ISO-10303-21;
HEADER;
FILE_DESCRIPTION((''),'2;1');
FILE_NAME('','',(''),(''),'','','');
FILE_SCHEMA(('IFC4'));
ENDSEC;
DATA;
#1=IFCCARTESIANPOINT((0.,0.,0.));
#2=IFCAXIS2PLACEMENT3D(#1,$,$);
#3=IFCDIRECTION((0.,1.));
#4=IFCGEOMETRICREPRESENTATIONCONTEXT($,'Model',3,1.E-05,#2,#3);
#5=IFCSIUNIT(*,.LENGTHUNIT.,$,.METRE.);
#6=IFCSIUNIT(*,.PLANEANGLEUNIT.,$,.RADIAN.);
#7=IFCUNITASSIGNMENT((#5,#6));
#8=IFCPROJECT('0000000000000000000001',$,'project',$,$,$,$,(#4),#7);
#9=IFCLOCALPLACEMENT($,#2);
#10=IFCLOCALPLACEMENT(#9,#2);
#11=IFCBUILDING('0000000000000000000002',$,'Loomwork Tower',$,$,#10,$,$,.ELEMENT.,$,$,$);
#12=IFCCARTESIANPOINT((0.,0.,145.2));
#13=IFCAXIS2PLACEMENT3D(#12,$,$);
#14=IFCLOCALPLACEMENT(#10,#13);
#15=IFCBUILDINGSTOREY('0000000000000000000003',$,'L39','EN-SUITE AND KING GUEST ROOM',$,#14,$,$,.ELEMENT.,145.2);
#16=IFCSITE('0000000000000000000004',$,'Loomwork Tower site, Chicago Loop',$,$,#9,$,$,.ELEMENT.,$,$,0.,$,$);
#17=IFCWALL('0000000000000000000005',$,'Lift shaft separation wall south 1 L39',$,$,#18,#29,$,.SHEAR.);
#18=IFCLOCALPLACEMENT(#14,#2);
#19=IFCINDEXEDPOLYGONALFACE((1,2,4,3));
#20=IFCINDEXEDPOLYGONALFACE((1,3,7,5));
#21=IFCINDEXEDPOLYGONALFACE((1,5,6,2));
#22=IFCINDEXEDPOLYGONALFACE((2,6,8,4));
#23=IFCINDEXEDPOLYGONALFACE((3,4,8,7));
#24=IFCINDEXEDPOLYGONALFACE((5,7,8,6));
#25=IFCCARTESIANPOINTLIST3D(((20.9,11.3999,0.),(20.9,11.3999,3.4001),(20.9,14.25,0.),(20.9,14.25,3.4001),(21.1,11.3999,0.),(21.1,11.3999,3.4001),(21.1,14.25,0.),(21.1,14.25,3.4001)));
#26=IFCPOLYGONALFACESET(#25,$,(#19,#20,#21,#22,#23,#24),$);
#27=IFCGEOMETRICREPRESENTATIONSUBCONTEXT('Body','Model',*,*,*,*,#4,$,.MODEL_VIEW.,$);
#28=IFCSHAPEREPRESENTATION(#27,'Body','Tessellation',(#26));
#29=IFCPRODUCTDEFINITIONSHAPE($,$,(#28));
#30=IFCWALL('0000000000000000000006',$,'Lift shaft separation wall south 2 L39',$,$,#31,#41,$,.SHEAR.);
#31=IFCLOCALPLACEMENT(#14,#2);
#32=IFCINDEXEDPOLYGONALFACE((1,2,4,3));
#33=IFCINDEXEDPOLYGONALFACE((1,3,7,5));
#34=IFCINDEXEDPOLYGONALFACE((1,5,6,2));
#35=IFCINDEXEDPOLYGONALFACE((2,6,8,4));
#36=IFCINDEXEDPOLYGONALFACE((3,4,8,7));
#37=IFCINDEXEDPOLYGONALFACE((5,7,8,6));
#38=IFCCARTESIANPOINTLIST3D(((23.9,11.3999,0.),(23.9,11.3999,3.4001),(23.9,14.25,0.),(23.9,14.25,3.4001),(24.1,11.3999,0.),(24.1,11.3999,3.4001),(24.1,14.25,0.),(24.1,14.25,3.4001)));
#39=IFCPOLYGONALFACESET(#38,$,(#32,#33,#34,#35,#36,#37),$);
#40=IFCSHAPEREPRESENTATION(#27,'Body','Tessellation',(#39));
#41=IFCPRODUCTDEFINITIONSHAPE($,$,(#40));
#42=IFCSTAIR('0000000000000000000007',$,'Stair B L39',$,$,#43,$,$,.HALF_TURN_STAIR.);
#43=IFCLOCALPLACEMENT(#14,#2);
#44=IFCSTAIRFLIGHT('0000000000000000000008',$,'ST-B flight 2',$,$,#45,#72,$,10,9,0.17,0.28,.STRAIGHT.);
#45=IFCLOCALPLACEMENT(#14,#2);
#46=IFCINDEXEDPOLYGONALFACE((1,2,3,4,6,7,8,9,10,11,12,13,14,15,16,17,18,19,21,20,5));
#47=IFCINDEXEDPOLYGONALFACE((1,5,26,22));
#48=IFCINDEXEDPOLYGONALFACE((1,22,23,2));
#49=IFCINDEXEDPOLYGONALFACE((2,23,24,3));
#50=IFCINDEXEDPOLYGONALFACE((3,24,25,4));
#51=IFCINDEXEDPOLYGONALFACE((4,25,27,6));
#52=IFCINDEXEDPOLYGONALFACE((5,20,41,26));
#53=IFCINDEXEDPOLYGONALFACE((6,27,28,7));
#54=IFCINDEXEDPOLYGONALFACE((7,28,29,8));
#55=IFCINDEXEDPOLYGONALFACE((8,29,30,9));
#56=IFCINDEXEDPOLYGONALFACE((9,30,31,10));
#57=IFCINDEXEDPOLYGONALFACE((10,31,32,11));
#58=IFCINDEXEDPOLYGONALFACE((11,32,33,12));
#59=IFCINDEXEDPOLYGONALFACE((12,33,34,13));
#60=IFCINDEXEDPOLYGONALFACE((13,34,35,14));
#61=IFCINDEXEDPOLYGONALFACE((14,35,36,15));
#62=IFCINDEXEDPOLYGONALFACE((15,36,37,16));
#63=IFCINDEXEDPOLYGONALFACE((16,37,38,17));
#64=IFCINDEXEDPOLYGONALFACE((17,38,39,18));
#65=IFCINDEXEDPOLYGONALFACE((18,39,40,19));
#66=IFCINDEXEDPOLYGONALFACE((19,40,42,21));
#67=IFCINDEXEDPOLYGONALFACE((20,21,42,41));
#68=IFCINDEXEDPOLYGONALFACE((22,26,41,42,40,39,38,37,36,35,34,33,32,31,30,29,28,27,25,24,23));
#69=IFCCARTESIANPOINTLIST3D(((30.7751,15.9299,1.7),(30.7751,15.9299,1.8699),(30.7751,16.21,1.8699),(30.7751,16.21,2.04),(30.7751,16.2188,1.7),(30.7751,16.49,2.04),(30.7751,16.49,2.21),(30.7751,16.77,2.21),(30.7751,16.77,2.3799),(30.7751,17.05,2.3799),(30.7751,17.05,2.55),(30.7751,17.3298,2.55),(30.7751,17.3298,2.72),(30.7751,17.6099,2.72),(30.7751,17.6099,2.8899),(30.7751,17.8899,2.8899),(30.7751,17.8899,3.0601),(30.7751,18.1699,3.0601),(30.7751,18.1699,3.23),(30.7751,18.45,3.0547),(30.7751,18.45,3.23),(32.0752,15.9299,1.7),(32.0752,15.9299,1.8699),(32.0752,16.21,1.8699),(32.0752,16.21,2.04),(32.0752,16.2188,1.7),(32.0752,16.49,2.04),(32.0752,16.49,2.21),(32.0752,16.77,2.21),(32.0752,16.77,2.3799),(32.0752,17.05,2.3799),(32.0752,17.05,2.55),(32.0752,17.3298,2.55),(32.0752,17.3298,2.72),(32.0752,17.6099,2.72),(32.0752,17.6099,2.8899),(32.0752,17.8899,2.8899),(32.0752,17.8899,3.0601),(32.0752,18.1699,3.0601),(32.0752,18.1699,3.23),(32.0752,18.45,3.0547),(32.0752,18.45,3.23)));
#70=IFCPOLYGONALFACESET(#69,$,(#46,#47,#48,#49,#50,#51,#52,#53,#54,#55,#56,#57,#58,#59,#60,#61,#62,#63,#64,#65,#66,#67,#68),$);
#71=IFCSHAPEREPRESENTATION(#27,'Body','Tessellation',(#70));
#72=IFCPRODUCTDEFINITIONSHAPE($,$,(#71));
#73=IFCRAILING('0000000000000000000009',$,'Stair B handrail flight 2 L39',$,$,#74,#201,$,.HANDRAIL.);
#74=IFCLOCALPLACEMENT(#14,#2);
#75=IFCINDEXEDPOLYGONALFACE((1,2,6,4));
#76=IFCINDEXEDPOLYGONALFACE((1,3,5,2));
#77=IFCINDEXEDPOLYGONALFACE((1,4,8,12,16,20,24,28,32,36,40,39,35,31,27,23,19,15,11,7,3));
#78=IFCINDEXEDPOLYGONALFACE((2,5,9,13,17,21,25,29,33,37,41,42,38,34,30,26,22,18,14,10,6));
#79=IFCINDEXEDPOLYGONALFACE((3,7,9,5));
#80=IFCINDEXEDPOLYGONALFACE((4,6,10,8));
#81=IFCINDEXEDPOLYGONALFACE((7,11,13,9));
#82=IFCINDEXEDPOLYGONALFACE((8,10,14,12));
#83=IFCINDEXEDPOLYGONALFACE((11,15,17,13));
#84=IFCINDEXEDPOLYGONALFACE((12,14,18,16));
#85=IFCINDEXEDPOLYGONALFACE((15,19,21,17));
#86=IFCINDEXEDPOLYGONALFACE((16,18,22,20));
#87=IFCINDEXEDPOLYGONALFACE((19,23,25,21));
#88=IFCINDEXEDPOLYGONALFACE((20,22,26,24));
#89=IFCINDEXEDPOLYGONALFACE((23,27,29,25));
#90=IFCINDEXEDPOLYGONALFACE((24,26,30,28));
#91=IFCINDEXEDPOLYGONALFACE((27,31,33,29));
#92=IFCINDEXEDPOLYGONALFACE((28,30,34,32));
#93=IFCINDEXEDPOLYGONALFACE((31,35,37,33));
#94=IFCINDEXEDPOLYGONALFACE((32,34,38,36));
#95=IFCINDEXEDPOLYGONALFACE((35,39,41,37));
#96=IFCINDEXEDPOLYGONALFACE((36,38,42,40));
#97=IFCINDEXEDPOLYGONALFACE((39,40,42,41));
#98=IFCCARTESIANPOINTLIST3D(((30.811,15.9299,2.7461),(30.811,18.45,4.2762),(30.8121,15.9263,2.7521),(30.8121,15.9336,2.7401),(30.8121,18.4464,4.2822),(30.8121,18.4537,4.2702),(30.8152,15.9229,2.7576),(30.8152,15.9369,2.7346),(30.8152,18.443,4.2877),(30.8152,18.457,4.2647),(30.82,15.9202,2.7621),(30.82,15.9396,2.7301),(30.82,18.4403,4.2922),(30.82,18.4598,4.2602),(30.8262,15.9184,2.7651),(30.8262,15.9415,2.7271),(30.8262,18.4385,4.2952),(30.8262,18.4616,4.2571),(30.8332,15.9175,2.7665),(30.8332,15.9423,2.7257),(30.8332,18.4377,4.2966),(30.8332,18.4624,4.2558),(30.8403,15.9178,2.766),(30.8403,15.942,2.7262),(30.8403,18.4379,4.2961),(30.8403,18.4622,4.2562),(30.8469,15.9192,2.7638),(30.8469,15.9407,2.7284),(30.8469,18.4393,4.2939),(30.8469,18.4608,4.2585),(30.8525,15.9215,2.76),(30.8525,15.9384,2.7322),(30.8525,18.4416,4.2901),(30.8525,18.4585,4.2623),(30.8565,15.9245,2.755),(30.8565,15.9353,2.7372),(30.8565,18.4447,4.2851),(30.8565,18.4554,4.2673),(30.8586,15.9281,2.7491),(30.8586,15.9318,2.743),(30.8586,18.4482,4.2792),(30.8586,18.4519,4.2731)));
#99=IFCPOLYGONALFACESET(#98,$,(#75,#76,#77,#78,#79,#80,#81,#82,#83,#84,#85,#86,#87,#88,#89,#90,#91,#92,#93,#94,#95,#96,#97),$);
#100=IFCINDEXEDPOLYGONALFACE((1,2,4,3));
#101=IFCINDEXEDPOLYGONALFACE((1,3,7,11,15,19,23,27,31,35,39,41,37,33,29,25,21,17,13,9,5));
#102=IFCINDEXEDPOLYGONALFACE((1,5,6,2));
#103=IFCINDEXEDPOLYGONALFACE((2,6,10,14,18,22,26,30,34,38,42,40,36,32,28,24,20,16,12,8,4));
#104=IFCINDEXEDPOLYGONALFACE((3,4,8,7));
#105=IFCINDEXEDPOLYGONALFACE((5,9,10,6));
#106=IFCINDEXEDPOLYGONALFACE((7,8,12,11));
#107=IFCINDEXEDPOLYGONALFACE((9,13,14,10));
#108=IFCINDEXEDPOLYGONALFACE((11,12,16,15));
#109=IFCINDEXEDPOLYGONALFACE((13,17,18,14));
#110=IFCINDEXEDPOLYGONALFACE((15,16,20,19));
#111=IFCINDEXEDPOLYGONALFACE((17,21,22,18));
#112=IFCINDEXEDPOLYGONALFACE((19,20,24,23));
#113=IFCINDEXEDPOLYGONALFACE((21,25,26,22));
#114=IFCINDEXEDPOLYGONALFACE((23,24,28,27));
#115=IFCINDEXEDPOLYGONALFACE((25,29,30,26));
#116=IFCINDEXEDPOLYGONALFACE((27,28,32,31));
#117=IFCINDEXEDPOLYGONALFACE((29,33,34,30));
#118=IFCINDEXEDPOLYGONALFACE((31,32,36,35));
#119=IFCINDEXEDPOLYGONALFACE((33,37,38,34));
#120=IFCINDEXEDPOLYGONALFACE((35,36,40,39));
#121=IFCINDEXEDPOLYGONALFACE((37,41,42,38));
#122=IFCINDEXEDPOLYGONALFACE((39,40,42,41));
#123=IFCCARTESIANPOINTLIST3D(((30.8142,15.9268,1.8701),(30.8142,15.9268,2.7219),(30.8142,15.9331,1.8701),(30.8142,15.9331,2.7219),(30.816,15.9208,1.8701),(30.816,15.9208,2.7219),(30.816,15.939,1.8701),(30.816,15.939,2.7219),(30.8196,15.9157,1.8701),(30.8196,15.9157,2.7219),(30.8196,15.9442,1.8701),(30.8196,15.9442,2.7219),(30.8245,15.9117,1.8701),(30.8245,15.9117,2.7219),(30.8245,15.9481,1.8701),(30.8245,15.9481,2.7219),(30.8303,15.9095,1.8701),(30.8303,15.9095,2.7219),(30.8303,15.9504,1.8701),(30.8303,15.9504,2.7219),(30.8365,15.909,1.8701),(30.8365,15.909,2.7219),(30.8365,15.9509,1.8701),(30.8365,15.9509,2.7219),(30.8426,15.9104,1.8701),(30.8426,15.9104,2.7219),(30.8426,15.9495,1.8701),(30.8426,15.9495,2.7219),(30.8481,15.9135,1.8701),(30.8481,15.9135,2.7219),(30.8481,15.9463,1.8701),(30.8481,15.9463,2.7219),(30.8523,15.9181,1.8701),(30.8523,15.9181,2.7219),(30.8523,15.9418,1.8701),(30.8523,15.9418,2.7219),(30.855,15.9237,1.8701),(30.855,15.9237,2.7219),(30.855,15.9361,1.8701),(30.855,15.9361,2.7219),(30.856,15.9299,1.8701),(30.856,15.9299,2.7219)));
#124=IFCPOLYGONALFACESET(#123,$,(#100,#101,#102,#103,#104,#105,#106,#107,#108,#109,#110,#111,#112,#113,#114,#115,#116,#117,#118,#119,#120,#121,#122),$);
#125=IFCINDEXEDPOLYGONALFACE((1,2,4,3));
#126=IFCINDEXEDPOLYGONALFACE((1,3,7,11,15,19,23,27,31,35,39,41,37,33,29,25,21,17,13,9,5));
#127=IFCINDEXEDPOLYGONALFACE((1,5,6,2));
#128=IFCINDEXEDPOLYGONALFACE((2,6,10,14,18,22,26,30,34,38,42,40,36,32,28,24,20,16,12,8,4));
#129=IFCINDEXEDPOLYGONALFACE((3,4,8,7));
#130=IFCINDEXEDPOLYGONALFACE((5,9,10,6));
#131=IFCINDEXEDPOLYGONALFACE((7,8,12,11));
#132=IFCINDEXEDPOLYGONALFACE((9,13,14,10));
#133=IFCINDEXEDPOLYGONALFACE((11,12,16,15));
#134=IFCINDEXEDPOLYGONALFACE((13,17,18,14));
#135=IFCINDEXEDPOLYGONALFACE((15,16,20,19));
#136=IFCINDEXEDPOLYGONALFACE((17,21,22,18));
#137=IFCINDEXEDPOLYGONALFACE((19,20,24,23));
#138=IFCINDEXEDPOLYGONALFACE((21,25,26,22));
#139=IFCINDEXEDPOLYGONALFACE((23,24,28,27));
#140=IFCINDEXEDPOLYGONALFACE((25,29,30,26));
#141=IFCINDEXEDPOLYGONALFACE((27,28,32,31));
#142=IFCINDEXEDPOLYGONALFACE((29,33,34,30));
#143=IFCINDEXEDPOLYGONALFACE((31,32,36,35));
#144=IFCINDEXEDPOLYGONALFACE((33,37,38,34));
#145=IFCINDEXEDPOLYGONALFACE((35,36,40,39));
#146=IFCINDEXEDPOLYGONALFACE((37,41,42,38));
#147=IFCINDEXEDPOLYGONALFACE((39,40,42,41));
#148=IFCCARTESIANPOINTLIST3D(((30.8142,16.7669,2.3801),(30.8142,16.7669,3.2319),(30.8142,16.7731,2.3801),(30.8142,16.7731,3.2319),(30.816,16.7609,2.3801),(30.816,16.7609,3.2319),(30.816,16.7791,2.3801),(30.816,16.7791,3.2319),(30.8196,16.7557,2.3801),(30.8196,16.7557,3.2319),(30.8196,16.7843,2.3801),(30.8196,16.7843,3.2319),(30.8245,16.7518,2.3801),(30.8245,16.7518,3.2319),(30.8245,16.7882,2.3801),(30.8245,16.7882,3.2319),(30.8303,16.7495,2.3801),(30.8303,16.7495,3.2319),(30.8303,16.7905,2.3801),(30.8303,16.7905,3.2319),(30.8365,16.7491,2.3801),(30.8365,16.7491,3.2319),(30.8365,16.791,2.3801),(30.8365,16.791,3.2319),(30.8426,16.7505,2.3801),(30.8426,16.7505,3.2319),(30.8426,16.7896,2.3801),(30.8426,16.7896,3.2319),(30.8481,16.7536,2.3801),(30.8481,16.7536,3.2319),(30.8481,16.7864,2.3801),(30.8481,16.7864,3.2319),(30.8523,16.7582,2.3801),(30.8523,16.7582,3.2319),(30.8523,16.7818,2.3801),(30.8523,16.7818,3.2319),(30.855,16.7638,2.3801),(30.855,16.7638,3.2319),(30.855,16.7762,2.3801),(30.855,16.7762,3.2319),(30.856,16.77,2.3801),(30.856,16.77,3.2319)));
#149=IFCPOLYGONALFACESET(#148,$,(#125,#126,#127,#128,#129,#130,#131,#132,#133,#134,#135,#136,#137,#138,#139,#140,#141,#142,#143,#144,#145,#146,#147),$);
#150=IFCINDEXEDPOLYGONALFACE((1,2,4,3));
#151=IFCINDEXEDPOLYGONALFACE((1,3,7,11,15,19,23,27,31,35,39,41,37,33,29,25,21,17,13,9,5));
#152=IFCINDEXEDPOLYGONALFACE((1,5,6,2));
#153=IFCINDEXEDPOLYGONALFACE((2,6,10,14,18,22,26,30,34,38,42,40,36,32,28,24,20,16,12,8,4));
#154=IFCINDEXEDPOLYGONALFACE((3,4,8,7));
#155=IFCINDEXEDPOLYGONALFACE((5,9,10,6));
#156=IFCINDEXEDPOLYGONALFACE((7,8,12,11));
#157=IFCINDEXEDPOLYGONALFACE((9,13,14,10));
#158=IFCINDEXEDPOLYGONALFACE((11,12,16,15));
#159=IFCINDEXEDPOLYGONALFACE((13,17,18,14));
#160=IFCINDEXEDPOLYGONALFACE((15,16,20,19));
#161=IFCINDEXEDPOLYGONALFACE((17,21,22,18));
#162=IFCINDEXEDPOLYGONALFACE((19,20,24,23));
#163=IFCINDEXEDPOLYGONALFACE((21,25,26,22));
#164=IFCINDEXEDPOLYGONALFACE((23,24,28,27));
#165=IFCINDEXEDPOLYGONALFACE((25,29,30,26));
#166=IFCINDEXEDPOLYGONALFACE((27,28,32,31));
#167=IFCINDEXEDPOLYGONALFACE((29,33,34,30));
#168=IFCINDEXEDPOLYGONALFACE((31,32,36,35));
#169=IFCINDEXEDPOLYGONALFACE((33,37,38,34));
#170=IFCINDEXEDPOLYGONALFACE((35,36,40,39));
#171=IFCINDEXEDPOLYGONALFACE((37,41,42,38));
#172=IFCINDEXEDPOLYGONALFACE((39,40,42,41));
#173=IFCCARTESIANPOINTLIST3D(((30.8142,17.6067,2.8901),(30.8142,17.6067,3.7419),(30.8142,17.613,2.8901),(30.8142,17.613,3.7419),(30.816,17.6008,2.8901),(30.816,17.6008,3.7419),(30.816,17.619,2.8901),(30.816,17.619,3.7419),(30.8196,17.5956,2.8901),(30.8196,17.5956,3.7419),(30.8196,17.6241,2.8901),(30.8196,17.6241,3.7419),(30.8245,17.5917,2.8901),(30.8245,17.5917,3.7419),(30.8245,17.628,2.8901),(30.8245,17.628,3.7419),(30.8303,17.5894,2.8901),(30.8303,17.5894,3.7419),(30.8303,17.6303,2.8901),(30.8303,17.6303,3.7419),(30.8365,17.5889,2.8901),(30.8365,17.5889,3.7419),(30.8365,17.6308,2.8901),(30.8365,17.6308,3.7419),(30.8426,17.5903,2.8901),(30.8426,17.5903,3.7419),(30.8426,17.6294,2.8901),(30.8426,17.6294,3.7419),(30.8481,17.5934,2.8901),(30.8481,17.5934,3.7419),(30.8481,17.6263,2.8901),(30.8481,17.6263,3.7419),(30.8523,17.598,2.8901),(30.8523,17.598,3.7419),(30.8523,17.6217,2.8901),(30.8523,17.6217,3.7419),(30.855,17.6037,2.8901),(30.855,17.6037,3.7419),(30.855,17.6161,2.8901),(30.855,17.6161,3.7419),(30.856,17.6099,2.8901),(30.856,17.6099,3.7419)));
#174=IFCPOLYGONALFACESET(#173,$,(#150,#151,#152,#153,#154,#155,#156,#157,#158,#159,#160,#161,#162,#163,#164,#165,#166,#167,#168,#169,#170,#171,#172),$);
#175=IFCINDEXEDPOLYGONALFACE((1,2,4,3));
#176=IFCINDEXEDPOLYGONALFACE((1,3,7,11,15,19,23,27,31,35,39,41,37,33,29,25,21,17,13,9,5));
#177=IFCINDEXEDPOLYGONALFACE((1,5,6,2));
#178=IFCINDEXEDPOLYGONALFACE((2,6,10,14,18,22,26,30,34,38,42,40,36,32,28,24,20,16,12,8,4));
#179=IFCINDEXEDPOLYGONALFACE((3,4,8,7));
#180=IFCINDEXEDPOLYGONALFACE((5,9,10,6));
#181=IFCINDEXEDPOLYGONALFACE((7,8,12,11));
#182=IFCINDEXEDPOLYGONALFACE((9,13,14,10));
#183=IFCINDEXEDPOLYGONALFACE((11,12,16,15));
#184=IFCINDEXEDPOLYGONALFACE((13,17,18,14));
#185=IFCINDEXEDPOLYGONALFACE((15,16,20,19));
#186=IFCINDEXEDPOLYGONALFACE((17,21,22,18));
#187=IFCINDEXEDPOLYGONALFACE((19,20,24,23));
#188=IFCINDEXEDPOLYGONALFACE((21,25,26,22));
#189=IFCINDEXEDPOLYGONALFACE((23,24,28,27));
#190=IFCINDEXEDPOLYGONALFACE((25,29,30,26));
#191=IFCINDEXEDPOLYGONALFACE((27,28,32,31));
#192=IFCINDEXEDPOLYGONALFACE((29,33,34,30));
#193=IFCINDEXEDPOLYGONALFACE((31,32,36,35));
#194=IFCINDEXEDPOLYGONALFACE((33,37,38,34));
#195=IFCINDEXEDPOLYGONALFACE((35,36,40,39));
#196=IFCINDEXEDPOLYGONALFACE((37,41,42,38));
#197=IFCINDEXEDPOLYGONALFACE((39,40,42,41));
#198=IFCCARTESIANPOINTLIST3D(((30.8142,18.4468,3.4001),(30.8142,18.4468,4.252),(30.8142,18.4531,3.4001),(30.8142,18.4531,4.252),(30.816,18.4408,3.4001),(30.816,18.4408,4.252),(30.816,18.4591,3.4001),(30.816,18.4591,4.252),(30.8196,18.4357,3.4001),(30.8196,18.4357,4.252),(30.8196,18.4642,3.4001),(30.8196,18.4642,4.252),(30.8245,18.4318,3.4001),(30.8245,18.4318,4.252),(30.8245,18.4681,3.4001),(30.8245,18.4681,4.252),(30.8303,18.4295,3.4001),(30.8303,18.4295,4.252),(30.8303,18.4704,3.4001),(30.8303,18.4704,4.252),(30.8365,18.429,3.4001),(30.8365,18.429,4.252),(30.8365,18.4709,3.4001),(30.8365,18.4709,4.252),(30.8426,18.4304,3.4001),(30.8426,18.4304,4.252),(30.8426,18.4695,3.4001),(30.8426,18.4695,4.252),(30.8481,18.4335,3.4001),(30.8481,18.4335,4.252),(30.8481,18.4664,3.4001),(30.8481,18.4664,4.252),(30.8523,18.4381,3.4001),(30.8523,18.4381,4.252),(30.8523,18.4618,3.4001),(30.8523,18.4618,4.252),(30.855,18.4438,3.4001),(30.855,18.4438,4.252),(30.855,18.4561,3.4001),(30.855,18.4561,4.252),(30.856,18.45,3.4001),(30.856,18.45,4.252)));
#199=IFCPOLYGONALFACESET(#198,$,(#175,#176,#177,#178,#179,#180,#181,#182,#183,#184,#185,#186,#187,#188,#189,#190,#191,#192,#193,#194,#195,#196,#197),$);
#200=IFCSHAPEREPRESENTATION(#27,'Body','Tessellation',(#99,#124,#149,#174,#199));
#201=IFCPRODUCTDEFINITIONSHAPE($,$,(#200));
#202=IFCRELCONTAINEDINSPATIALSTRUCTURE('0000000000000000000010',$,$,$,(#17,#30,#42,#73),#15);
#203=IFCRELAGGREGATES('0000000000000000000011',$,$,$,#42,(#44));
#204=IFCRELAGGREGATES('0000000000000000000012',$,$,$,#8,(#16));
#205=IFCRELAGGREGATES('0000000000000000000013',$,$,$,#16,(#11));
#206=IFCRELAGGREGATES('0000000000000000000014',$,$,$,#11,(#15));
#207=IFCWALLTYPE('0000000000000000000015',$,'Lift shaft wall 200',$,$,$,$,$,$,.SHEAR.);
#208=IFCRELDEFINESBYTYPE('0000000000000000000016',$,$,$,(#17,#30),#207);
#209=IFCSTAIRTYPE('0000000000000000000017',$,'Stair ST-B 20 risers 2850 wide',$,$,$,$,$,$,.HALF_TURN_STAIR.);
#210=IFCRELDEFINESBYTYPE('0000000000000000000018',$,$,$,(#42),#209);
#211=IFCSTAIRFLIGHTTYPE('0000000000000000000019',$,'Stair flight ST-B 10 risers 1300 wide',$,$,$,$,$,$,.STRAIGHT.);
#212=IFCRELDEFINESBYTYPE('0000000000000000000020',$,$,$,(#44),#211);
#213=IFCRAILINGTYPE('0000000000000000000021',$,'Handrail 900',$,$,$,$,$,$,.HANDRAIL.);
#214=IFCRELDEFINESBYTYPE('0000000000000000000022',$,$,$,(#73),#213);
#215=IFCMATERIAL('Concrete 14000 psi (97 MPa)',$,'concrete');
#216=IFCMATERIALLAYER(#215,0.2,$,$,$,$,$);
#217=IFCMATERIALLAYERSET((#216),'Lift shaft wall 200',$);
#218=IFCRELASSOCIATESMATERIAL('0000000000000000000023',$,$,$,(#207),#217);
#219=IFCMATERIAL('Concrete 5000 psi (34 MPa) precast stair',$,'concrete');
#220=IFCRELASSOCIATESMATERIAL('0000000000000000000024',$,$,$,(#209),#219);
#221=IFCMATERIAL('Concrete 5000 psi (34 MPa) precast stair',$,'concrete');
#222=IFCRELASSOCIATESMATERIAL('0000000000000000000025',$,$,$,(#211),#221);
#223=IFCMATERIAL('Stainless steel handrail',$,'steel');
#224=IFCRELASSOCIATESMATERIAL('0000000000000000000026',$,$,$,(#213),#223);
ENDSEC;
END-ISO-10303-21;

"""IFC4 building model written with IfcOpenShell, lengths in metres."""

from ifc_helpers import new_model, si_unit, direction, frame, frame_2d, origin, origin_2d, place, context, subcontext, project, spatial, polyline, rectangle, circle, outline, extrude, material, layer, layer_set, type_object, element, aggregate, save


model = new_model("IFC4")

# Units and contexts
model_context = context("Model", 3, precision=1e-05, world=origin(), true_north=direction((0.0, 1.0)))
body_context = subcontext(model_context, "Body", "Model", "MODEL_VIEW")
ifc_project = project(units=[si_unit("LENGTHUNIT", "METRE"), si_unit("PLANEANGLEUNIT", "RADIAN")], contexts=[model_context])

# Site, building, storey
site_placement = place(None, origin())
site = spatial("IfcSite", under=ifc_project, at=site_placement, Name="Loomwork Tower site, Chicago Loop", CompositionType="ELEMENT", RefElevation=0.0)
building_placement = place(site_placement, origin())
building = spatial("IfcBuilding", under=site, at=building_placement, Name="Loomwork Tower", CompositionType="ELEMENT")
storey_placement = place(building_placement, frame((0.0, 0.0, 145.2)))
storey = spatial("IfcBuildingStorey", under=building, at=storey_placement, Name="L39", Description="EN-SUITE AND KING GUEST ROOM", CompositionType="ELEMENT", Elevation=145.2)

# Walls
ifc_material_1 = material(Name="Concrete 14000 psi (97 MPa)", Category="concrete")
ifc_layer_1 = layer(ifc_material_1, 0.2)
ifc_layer_set_1 = layer_set([ifc_layer_1], Name="Lift shaft wall 200")
wall_type_1 = type_object("IfcWallType", Name="Lift shaft wall 200", PredefinedType="SHEAR", material=ifc_layer_set_1)
for number, where, z_axis, x_axis, name in (
    (1, (21.0, 11.3999, 0.0), (0.0, 0.0, 1.0), (0.0, 1.0, 0.0), "Lift shaft separation wall south 1 L39"),
    (2, (24.0, 11.3999, 0.0), (0.0, 0.0, 1.0), (0.0, 1.0, 0.0), "Lift shaft separation wall south 2 L39"),
):
    element("IfcWall", number, at=place(storey_placement, frame(where, z_axis=z_axis, x_axis=x_axis)), inside=storey, type_object=wall_type_1, Name=name, PredefinedType="SHEAR", context=body_context, shape_type="SweptSolid", body=[
        extrude(rectangle(XDim=2.8501, YDim=0.2, at=frame_2d((1.425, 0.0))), origin(), (0.0, 0.0, 1.0), 3.4001),
    ])

# Stair, stair flight
ifc_material_2 = material(Name="Concrete 5000 psi (34 MPa) precast stair", Category="concrete")
stair_type = type_object("IfcStairType", Name="Stair ST-B 20 risers 2850 wide", PredefinedType="HALF_TURN_STAIR", material=ifc_material_2)
stair_placement = place(storey_placement, origin())
stair = element("IfcStair", 3, at=stair_placement, inside=storey, type_object=stair_type, Name="Stair B L39", PredefinedType="HALF_TURN_STAIR")
ifc_material_3 = material(Name="Concrete 5000 psi (34 MPa) precast stair", Category="concrete")
stair_flight_type = type_object("IfcStairFlightType", Name="Stair flight ST-B 10 risers 1300 wide", PredefinedType="STRAIGHT", material=ifc_material_3)
stair_flight_placement = place(storey_placement, frame((31.425, 15.9299, 1.7), z_axis=(0.0, 0.0, 1.0), x_axis=(0.0, 1.0, 0.0)))
stair_flight = element("IfcStairFlight", 4, at=stair_flight_placement, type_object=stair_flight_type, Name="ST-B flight 2", NumberOfRisers=10, NumberOfTreads=9, PredefinedType="STRAIGHT", RiserHeight=0.17, TreadLength=0.28, context=body_context, shape_type="SweptSolid", body=[
    extrude(outline(polyline([(0.0, 0.0), (0.0, 0.1699), (0.28, 0.1699), (0.28, 0.3401), (0.5601, 0.3401), (0.5601, 0.51), (0.8401, 0.51), (0.8401, 0.6799), (1.1201, 0.6799), (1.1201, 0.8501), (1.3999, 0.8501), (1.3999, 1.02), (1.6799, 1.02), (1.6799, 1.1899), (1.96, 1.1899), (1.96, 1.3601), (2.24, 1.3601), (2.24, 1.53), (2.52, 1.53), (2.52, 1.7), (2.52, 1.3547), (0.2888, 0.0), (0.0, 0.0)])), frame((0.0, 0.6499, 0.0), z_axis=(0.0, -1.0, 0.0), x_axis=(1.0, 0.0, 0.0)), (0.0, 0.0, 1.0), 1.3),
])
aggregate(stair, [stair_flight])

# Railing
ifc_material_4 = material(Name="Stainless steel handrail", Category="steel")
railing_type = type_object("IfcRailingType", Name="Handrail 900", PredefinedType="HANDRAIL", material=ifc_material_4)
railing_placement = place(storey_placement, frame((30.835, 15.9299, 1.8701)))
element("IfcRailing", 5, at=railing_placement, inside=storey, type_object=railing_type, Name="Stair B handrail flight 2 L39", PredefinedType="HANDRAIL", context=body_context, shape_type="SweptSolid", body=[
    extrude(circle(Radius=0.0239, at=origin_2d()), frame((0.0, 0.0, 0.876), z_axis=(0.0, 0.854785, 0.518982), x_axis=(-1.0, 0.0, 0.0)), (0.0, 0.0, 1.0), 2.9482),
    extrude(circle(Radius=0.021, at=origin_2d()), origin(), (0.0, 0.0, 1.0), 0.8518),
    extrude(circle(Radius=0.021, at=origin_2d()), frame((0.0, 0.8401, 0.51)), (0.0, 0.0, 1.0), 0.8518),
    extrude(circle(Radius=0.021, at=origin_2d()), frame((0.0, 1.6799, 1.02)), (0.0, 0.0, 1.0), 0.8518),
    extrude(circle(Radius=0.021, at=origin_2d()), frame((0.0, 2.52, 1.53)), (0.0, 0.0, 1.0), 0.8518),
])

save(model, "model.ifc")
